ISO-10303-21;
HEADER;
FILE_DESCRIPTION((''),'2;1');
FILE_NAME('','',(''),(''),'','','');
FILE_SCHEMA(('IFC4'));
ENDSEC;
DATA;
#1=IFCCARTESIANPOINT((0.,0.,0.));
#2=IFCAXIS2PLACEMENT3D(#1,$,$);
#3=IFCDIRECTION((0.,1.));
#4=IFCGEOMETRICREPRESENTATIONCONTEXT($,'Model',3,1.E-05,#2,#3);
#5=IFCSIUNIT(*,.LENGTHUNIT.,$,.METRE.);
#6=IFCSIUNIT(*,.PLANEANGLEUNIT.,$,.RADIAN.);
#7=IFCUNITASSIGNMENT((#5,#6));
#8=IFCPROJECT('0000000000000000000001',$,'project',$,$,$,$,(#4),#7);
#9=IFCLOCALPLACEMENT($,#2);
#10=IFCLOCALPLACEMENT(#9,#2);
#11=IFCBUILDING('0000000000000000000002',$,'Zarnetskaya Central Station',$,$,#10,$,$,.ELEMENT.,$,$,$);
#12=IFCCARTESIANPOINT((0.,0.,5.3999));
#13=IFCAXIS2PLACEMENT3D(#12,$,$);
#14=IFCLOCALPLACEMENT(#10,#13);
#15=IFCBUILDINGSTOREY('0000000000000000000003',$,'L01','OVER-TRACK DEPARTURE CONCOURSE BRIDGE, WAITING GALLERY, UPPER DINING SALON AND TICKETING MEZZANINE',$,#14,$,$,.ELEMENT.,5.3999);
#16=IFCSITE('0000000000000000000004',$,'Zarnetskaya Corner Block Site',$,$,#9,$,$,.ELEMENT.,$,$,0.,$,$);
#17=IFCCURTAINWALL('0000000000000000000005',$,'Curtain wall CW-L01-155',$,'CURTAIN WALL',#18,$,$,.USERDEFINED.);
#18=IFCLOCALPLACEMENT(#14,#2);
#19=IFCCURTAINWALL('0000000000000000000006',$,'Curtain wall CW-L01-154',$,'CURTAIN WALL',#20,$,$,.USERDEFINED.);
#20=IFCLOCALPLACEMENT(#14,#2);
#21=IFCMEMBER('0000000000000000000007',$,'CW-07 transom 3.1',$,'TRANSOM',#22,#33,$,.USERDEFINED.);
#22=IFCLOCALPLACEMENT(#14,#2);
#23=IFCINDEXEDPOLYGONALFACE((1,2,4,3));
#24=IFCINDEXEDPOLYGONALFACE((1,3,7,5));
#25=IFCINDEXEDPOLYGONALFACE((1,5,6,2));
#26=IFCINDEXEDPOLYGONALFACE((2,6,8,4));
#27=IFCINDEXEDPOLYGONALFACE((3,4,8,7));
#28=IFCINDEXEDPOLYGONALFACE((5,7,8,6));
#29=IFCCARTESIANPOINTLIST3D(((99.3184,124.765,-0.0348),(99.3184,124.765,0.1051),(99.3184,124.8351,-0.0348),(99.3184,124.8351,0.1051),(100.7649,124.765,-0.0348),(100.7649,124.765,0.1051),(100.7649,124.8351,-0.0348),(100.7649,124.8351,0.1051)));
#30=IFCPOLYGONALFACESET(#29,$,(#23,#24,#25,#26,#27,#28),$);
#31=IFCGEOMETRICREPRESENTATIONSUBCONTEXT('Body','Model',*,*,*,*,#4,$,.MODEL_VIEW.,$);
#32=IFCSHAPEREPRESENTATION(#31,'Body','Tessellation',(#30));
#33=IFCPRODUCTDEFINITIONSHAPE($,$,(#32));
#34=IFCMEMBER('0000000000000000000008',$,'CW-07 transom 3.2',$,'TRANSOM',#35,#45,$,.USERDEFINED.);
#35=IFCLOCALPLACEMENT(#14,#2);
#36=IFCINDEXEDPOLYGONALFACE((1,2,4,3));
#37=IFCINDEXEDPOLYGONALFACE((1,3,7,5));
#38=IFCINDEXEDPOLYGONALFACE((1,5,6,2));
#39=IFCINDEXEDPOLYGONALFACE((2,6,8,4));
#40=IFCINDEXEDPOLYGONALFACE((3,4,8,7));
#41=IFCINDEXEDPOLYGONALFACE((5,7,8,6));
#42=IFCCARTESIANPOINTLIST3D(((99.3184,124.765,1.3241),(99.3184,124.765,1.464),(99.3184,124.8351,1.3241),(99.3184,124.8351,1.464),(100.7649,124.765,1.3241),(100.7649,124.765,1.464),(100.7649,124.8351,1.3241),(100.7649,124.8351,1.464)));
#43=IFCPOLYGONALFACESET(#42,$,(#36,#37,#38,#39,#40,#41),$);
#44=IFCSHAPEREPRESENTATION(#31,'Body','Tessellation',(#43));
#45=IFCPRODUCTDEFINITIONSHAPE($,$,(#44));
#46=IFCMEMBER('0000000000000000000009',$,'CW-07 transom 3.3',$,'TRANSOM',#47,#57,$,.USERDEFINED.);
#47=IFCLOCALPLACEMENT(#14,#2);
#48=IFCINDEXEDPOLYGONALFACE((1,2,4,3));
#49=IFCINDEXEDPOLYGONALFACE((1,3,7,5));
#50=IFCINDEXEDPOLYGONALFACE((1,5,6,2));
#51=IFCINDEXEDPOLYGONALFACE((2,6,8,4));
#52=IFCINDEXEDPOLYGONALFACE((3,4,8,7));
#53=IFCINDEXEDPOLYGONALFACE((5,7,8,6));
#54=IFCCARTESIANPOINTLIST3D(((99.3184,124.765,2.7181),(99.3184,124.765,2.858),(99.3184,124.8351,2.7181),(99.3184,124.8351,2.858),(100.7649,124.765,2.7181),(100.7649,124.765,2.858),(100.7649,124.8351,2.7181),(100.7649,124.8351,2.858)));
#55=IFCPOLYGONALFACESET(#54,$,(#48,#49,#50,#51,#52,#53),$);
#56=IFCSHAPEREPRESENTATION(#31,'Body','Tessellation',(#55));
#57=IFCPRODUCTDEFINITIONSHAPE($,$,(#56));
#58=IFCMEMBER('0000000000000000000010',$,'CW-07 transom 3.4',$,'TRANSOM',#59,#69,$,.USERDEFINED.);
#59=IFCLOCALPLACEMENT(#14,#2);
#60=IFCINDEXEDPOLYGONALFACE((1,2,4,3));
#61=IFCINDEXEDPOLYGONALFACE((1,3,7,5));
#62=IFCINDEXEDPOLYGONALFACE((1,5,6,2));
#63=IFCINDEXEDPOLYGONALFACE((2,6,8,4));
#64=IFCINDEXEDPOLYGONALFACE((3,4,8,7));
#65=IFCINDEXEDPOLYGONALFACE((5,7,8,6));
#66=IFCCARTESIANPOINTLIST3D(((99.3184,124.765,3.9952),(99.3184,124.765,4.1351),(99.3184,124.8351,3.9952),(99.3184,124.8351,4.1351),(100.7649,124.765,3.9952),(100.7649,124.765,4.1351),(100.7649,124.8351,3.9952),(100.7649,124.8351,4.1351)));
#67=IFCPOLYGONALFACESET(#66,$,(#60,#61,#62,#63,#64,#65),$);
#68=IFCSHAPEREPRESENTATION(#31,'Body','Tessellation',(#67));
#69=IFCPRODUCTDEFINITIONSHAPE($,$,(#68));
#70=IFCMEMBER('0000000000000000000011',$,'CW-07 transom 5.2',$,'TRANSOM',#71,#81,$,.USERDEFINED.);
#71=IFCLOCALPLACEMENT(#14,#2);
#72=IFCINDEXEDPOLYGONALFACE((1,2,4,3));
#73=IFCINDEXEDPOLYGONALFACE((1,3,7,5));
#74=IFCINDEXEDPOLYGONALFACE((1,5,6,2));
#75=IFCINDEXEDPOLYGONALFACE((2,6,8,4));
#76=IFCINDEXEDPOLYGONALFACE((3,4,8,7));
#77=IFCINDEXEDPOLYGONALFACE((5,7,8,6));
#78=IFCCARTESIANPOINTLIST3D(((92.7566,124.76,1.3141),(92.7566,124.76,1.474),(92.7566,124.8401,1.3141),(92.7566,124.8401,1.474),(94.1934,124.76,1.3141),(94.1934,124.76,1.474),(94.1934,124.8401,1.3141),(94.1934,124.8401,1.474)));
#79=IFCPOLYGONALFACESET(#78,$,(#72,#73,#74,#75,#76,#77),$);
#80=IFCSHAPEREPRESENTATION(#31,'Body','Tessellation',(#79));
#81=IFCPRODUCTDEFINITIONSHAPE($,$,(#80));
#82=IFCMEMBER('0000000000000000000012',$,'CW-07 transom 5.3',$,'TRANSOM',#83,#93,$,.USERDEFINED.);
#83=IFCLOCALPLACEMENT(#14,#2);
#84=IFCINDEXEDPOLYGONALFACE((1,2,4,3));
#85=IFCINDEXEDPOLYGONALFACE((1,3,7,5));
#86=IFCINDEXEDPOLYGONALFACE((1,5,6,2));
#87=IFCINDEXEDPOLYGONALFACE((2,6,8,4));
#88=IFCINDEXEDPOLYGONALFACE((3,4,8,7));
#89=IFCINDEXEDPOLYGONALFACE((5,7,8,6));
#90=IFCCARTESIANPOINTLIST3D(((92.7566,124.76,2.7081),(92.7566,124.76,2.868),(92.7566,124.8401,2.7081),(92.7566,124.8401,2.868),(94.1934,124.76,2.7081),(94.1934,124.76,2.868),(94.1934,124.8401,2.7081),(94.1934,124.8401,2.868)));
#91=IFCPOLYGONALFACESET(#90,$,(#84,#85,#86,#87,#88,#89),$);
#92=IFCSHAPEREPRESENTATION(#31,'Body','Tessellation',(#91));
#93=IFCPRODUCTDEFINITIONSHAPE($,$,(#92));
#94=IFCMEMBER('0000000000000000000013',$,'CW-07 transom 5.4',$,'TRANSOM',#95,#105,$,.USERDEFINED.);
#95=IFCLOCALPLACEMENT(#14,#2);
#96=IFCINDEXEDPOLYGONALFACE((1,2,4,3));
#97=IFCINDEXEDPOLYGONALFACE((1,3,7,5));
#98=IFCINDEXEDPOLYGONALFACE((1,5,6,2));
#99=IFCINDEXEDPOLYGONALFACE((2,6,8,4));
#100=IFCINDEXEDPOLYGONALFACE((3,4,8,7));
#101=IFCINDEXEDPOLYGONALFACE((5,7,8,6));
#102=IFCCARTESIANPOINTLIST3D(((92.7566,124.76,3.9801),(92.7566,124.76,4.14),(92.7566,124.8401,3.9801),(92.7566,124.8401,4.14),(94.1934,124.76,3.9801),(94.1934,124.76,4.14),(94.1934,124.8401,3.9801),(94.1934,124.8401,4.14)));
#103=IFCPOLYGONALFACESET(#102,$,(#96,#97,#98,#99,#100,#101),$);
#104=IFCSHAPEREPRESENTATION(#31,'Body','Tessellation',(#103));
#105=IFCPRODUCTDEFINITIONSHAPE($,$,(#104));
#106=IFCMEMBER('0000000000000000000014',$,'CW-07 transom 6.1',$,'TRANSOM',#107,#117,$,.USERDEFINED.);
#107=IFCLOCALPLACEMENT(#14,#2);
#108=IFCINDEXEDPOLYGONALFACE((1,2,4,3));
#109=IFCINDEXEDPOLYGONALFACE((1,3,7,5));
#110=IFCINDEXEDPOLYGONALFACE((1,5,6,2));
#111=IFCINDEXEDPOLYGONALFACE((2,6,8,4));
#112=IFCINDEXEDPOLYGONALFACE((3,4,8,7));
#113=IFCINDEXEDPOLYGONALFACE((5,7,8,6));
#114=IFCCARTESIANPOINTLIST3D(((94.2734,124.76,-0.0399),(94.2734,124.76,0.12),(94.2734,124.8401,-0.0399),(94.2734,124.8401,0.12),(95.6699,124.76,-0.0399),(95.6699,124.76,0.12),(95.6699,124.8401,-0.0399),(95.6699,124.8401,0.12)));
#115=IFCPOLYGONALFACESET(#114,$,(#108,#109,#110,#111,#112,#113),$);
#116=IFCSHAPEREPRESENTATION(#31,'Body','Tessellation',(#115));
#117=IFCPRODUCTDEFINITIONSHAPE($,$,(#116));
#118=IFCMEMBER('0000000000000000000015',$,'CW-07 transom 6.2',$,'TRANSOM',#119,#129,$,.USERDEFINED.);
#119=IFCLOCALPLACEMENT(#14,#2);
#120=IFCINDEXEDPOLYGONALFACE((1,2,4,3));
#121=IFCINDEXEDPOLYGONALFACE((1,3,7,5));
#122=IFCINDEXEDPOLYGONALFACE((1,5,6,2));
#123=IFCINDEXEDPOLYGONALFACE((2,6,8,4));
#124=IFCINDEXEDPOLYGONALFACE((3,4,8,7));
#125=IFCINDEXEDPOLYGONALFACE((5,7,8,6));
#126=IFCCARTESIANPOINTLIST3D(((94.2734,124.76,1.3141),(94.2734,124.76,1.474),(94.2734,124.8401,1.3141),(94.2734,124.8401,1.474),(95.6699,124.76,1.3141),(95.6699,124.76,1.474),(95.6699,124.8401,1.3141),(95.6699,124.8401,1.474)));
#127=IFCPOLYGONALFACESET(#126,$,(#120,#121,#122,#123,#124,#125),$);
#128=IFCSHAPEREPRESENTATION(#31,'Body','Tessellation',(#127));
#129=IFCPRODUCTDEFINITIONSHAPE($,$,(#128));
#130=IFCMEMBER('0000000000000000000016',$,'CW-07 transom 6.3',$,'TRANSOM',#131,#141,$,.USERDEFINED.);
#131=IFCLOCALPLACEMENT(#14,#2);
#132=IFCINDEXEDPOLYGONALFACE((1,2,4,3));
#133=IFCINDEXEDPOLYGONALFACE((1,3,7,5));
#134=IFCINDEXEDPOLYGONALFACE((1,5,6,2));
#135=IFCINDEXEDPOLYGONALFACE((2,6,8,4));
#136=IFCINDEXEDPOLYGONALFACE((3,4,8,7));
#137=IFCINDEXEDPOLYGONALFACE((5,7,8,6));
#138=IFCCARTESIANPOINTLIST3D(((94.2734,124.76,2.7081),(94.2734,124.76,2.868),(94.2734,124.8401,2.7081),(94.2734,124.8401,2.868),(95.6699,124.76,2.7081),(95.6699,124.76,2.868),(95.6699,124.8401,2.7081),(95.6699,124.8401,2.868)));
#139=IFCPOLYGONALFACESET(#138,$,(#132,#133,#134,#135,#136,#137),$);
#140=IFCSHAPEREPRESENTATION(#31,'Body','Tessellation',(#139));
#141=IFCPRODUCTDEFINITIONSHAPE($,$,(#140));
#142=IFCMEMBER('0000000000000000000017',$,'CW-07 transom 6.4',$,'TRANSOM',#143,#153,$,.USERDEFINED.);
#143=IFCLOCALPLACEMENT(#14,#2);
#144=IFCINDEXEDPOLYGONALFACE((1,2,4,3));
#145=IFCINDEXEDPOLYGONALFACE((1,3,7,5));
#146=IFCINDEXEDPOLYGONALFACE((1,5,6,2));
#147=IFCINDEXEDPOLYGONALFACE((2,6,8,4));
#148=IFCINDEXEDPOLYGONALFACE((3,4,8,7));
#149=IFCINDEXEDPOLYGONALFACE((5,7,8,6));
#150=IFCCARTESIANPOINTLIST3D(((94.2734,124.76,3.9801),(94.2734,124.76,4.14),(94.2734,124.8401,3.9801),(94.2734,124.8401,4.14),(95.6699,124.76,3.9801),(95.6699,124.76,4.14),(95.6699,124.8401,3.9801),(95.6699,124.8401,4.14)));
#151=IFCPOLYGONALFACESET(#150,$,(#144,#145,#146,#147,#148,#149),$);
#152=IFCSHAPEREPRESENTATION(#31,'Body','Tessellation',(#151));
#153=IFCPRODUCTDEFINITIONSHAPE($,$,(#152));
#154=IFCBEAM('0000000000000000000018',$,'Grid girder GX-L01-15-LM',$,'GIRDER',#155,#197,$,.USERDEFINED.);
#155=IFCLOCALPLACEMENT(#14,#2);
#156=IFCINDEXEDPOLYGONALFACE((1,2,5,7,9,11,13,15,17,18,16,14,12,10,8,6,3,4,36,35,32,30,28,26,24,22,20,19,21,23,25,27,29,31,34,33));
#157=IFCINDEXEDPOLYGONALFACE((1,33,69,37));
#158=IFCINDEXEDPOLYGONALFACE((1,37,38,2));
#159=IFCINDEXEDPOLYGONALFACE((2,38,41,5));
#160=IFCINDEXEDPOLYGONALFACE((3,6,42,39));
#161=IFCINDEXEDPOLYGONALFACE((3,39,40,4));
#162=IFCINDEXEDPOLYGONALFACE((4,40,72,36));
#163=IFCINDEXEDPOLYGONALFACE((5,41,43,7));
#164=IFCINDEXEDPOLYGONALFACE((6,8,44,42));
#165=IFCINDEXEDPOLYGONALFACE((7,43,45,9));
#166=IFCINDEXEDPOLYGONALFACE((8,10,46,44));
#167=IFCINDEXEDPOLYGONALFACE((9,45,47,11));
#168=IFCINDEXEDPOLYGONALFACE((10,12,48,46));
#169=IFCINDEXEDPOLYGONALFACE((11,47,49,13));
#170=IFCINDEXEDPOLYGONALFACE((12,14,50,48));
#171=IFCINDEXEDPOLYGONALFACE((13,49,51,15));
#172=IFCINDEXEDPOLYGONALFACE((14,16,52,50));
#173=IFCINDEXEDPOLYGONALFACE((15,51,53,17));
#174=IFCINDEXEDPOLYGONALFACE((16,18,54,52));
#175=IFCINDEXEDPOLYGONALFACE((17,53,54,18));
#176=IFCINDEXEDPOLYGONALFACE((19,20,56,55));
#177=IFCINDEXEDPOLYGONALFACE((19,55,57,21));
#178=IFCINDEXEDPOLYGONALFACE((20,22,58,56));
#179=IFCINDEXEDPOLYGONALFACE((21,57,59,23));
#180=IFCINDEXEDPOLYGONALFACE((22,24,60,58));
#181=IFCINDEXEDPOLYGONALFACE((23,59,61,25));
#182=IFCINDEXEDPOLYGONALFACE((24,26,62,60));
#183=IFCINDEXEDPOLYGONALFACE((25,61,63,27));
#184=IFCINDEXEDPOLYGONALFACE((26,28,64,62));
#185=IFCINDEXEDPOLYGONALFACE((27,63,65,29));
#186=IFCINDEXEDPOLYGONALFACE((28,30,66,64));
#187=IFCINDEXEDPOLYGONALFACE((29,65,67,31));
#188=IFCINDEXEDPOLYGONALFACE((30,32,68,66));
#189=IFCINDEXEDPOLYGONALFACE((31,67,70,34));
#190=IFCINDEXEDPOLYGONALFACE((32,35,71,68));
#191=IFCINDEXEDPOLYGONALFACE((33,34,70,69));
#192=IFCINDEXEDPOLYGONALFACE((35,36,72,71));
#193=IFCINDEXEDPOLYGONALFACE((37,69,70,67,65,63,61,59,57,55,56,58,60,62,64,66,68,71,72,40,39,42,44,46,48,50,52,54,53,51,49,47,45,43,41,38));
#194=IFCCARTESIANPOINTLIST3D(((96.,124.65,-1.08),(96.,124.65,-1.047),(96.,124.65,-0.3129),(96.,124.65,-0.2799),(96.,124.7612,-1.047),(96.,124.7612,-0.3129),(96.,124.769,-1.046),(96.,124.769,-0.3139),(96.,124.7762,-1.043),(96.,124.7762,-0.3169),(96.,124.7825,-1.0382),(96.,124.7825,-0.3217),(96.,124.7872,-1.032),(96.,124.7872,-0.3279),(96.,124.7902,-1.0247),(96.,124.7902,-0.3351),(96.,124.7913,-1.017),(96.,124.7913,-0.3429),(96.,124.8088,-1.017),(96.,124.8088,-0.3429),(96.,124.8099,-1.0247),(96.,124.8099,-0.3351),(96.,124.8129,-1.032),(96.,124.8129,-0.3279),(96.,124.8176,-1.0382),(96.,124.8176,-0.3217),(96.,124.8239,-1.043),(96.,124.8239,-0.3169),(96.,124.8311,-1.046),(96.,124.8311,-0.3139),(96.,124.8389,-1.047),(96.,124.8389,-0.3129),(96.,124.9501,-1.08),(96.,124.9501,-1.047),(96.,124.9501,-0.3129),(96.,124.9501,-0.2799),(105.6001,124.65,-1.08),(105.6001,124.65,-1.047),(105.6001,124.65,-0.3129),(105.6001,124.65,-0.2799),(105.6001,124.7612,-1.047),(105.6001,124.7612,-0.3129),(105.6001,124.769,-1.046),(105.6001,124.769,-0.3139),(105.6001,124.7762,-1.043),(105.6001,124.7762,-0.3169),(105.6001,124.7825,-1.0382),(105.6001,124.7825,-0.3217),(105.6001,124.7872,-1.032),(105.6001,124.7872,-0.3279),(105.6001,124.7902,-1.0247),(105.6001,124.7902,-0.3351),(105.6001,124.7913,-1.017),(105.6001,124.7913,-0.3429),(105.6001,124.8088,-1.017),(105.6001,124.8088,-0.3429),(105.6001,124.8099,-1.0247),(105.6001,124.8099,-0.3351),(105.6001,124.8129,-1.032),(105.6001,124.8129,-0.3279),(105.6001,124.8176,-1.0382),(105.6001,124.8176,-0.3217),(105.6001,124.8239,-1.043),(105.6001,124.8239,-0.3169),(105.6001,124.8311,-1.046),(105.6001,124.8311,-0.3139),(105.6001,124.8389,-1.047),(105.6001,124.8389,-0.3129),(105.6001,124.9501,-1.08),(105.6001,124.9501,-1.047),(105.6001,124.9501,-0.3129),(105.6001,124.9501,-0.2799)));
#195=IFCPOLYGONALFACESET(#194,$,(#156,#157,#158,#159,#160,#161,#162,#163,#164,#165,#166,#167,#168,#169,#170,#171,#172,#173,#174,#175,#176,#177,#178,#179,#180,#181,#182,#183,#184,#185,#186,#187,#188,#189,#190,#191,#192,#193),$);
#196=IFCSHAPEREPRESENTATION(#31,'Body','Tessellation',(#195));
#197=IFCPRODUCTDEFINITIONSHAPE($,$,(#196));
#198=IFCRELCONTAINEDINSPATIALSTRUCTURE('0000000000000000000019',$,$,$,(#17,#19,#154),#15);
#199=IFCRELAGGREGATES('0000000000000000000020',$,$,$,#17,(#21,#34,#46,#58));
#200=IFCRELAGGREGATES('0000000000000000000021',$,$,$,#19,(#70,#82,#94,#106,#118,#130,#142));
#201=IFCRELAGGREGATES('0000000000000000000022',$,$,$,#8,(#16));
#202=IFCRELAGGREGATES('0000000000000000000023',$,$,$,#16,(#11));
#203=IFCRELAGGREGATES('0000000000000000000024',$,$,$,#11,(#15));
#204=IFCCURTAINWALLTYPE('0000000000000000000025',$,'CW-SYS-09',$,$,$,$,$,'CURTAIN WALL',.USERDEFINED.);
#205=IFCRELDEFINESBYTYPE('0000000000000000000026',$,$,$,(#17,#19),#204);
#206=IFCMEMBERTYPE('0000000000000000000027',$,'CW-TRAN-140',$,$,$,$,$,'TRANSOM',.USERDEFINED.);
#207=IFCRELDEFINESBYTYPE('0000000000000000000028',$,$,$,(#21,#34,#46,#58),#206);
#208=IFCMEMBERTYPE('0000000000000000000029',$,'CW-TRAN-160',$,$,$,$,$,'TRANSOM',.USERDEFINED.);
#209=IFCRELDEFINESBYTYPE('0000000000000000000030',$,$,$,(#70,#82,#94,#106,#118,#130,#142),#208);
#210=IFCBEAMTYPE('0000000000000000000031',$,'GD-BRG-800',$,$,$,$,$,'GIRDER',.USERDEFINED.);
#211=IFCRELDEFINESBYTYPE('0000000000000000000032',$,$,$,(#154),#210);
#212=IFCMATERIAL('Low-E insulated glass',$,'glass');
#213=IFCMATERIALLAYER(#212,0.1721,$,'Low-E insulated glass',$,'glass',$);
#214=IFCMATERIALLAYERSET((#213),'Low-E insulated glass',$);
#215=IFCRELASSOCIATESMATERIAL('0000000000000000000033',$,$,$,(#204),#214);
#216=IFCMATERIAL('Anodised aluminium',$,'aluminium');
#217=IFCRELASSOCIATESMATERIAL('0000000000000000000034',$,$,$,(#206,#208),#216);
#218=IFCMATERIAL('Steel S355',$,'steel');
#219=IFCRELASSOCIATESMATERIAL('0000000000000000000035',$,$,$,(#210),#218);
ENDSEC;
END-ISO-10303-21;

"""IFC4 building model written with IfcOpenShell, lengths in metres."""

from ifc_helpers import new_model, si_unit, direction, frame, origin, origin_2d, place, context, subcontext, project, spatial, rectangle, i_section, extrude, material, layer, layer_set, material_profile, profile_set, type_object, element, aggregate, save


model = new_model("IFC4")

# Units and contexts
model_context = context("Model", 3, precision=1e-05, world=origin(), true_north=direction((0.0, 1.0)))
body_context = subcontext(model_context, "Body", "Model", "MODEL_VIEW")
ifc_project = project(units=[si_unit("LENGTHUNIT", "METRE"), si_unit("PLANEANGLEUNIT", "RADIAN")], contexts=[model_context])

# Site, building, storey
site_placement = place(None, origin())
site = spatial("IfcSite", under=ifc_project, at=site_placement, Name="Zarnetskaya Corner Block Site", CompositionType="ELEMENT", RefElevation=0.0)
building_placement = place(site_placement, origin())
building = spatial("IfcBuilding", under=site, at=building_placement, Name="Zarnetskaya Central Station", CompositionType="ELEMENT")
storey_placement = place(building_placement, frame((0.0, 0.0, 5.3999)))
storey = spatial("IfcBuildingStorey", under=building, at=storey_placement, Name="L01", Description="OVER-TRACK DEPARTURE CONCOURSE BRIDGE, WAITING GALLERY, UPPER DINING SALON AND TICKETING MEZZANINE", CompositionType="ELEMENT", Elevation=5.3999)

# Shared definitions
ifc_material_1 = material(Name="Steel S355", Category="steel")

# Curtain walls
ifc_material_2 = material(Name="Low-E insulated glass", Category="glass")
ifc_layer_1 = layer(ifc_material_2, 0.1721, Name="Low-E insulated glass", Category="glass")
ifc_layer_set_1 = layer_set([ifc_layer_1], Name="Low-E insulated glass")
curtain_wall_type = type_object("IfcCurtainWallType", Name="CW-SYS-09", ElementType="CURTAIN WALL", PredefinedType="USERDEFINED", material=ifc_layer_set_1)
curtain_wall_1_placement = place(storey_placement, origin())
curtain_wall_1 = element("IfcCurtainWall", 1, at=curtain_wall_1_placement, inside=storey, type_object=curtain_wall_type, Name="Curtain wall CW-L01-155", ObjectType="CURTAIN WALL", PredefinedType="USERDEFINED")
ifc_material_3 = material(Name="Anodised aluminium", Category="aluminium")
curtain_wall_2_placement = place(storey_placement, origin())
curtain_wall_2 = element("IfcCurtainWall", 2, at=curtain_wall_2_placement, inside=storey, type_object=curtain_wall_type, Name="Curtain wall CW-L01-154", ObjectType="CURTAIN WALL", PredefinedType="USERDEFINED")

# Members
ifc_material_profile_1 = material_profile(ifc_material_3, rectangle(XDim=0.0701, YDim=0.1399, at=origin_2d()), Name="ALU TRAN 70x140")
ifc_profile_set_1 = profile_set([ifc_material_profile_1], Name="Anodised aluminium")
member_type_1 = type_object("IfcMemberType", Name="CW-TRAN-140", ElementType="TRANSOM", PredefinedType="USERDEFINED", material=ifc_profile_set_1)
member_1_placement = place(storey_placement, frame((99.3184, 124.8, 0.0352), z_axis=(1.0, 0.0, 0.0), x_axis=(0.0, 1.0, 0.0)))
member_1 = element("IfcMember", 3, at=member_1_placement, type_object=member_type_1, Name="CW-07 transom 3.1", ObjectType="TRANSOM", PredefinedType="USERDEFINED", context=body_context, shape_type="SweptSolid", body=[
    extrude(rectangle(XDim=0.0701, YDim=0.1399, at=origin_2d()), origin(), (0.0, 0.0, 1.0), 1.4465),
])
member_2_placement = place(storey_placement, frame((99.3184, 124.8, 1.394), z_axis=(1.0, 0.0, 0.0), x_axis=(0.0, 1.0, 0.0)))
member_2 = element("IfcMember", 4, at=member_2_placement, type_object=member_type_1, Name="CW-07 transom 3.2", ObjectType="TRANSOM", PredefinedType="USERDEFINED", context=body_context, shape_type="SweptSolid", body=[
    extrude(rectangle(XDim=0.0701, YDim=0.1399, at=origin_2d()), origin(), (0.0, 0.0, 1.0), 1.4465),
])
member_3_placement = place(storey_placement, frame((99.3184, 124.8, 2.7881), z_axis=(1.0, 0.0, 0.0), x_axis=(0.0, 1.0, 0.0)))
member_3 = element("IfcMember", 5, at=member_3_placement, type_object=member_type_1, Name="CW-07 transom 3.3", ObjectType="TRANSOM", PredefinedType="USERDEFINED", context=body_context, shape_type="SweptSolid", body=[
    extrude(rectangle(XDim=0.0701, YDim=0.1399, at=origin_2d()), origin(), (0.0, 0.0, 1.0), 1.4465),
])
member_4_placement = place(storey_placement, frame((99.3184, 124.8, 4.0652), z_axis=(1.0, 0.0, 0.0), x_axis=(0.0, 1.0, 0.0)))
member_4 = element("IfcMember", 6, at=member_4_placement, type_object=member_type_1, Name="CW-07 transom 3.4", ObjectType="TRANSOM", PredefinedType="USERDEFINED", context=body_context, shape_type="SweptSolid", body=[
    extrude(rectangle(XDim=0.0701, YDim=0.1399, at=origin_2d()), origin(), (0.0, 0.0, 1.0), 1.4465),
])
ifc_material_profile_2 = material_profile(ifc_material_3, rectangle(XDim=0.0801, YDim=0.1599, at=origin_2d()), Name="ALU TRAN 80x160")
ifc_profile_set_2 = profile_set([ifc_material_profile_2], Name="Anodised aluminium")
member_type_2 = type_object("IfcMemberType", Name="CW-TRAN-160", ElementType="TRANSOM", PredefinedType="USERDEFINED", material=ifc_profile_set_2)
member_5_placement = place(storey_placement, frame((92.7566, 124.8, 1.394), z_axis=(1.0, 0.0, 0.0), x_axis=(0.0, 1.0, 0.0)))
member_5 = element("IfcMember", 7, at=member_5_placement, type_object=member_type_2, Name="CW-07 transom 5.2", ObjectType="TRANSOM", PredefinedType="USERDEFINED", context=body_context, shape_type="SweptSolid", body=[
    extrude(rectangle(XDim=0.0801, YDim=0.1599, at=origin_2d()), origin(), (0.0, 0.0, 1.0), 1.4368),
])
member_6_placement = place(storey_placement, frame((92.7566, 124.8, 2.7881), z_axis=(1.0, 0.0, 0.0), x_axis=(0.0, 1.0, 0.0)))
member_6 = element("IfcMember", 8, at=member_6_placement, type_object=member_type_2, Name="CW-07 transom 5.3", ObjectType="TRANSOM", PredefinedType="USERDEFINED", context=body_context, shape_type="SweptSolid", body=[
    extrude(rectangle(XDim=0.0801, YDim=0.1599, at=origin_2d()), origin(), (0.0, 0.0, 1.0), 1.4368),
])
member_7_placement = place(storey_placement, frame((92.7566, 124.8, 4.0601), z_axis=(1.0, 0.0, 0.0), x_axis=(0.0, 1.0, 0.0)))
member_7 = element("IfcMember", 9, at=member_7_placement, type_object=member_type_2, Name="CW-07 transom 5.4", ObjectType="TRANSOM", PredefinedType="USERDEFINED", context=body_context, shape_type="SweptSolid", body=[
    extrude(rectangle(XDim=0.0801, YDim=0.1599, at=origin_2d()), origin(), (0.0, 0.0, 1.0), 1.4368),
])
member_8_placement = place(storey_placement, frame((94.2734, 124.8, 0.04), z_axis=(1.0, 0.0, 0.0), x_axis=(0.0, 1.0, 0.0)))
member_8 = element("IfcMember", 10, at=member_8_placement, type_object=member_type_2, Name="CW-07 transom 6.1", ObjectType="TRANSOM", PredefinedType="USERDEFINED", context=body_context, shape_type="SweptSolid", body=[
    extrude(rectangle(XDim=0.0801, YDim=0.1599, at=origin_2d()), origin(), (0.0, 0.0, 1.0), 1.3965),
])
member_9_placement = place(storey_placement, frame((94.2734, 124.8, 1.394), z_axis=(1.0, 0.0, 0.0), x_axis=(0.0, 1.0, 0.0)))
member_9 = element("IfcMember", 11, at=member_9_placement, type_object=member_type_2, Name="CW-07 transom 6.2", ObjectType="TRANSOM", PredefinedType="USERDEFINED", context=body_context, shape_type="SweptSolid", body=[
    extrude(rectangle(XDim=0.0801, YDim=0.1599, at=origin_2d()), origin(), (0.0, 0.0, 1.0), 1.3965),
])
member_10_placement = place(storey_placement, frame((94.2734, 124.8, 2.7881), z_axis=(1.0, 0.0, 0.0), x_axis=(0.0, 1.0, 0.0)))
member_10 = element("IfcMember", 12, at=member_10_placement, type_object=member_type_2, Name="CW-07 transom 6.3", ObjectType="TRANSOM", PredefinedType="USERDEFINED", context=body_context, shape_type="SweptSolid", body=[
    extrude(rectangle(XDim=0.0801, YDim=0.1599, at=origin_2d()), origin(), (0.0, 0.0, 1.0), 1.3965),
])
member_11_placement = place(storey_placement, frame((94.2734, 124.8, 4.0601), z_axis=(1.0, 0.0, 0.0), x_axis=(0.0, 1.0, 0.0)))
member_11 = element("IfcMember", 13, at=member_11_placement, type_object=member_type_2, Name="CW-07 transom 6.4", ObjectType="TRANSOM", PredefinedType="USERDEFINED", context=body_context, shape_type="SweptSolid", body=[
    extrude(rectangle(XDim=0.0801, YDim=0.1599, at=origin_2d()), origin(), (0.0, 0.0, 1.0), 1.3965),
])

# Beam
ifc_material_profile_3 = material_profile(ifc_material_1, i_section(OverallWidth=0.3, OverallDepth=0.8, WebThickness=0.0176, FlangeThickness=0.033, FilletRadius=0.03, at=origin_2d()), Name="HEB 800")
ifc_profile_set_3 = profile_set([ifc_material_profile_3], Name="Steel S355")
beam_type = type_object("IfcBeamType", Name="GD-BRG-800", ElementType="GIRDER", PredefinedType="USERDEFINED", material=ifc_profile_set_3)
beam_placement = place(storey_placement, frame((96.0, 124.8, -0.6799), z_axis=(1.0, 0.0, 0.0), x_axis=(0.0, 1.0, 0.0)))
element("IfcBeam", 14, at=beam_placement, inside=storey, type_object=beam_type, Name="Grid girder GX-L01-15-LM", ObjectType="GIRDER", PredefinedType="USERDEFINED", context=body_context, shape_type="SweptSolid", body=[
    extrude(i_section(OverallWidth=0.3, OverallDepth=0.8, WebThickness=0.0176, FlangeThickness=0.033, FilletRadius=0.03, at=origin_2d()), origin(), (0.0, 0.0, 1.0), 9.6001),
])

aggregate(curtain_wall_1, [member_1, member_2, member_3, member_4])
aggregate(curtain_wall_2, [member_5, member_6, member_7, member_8, member_9, member_10, member_11])

save(model, "model.ifc")
